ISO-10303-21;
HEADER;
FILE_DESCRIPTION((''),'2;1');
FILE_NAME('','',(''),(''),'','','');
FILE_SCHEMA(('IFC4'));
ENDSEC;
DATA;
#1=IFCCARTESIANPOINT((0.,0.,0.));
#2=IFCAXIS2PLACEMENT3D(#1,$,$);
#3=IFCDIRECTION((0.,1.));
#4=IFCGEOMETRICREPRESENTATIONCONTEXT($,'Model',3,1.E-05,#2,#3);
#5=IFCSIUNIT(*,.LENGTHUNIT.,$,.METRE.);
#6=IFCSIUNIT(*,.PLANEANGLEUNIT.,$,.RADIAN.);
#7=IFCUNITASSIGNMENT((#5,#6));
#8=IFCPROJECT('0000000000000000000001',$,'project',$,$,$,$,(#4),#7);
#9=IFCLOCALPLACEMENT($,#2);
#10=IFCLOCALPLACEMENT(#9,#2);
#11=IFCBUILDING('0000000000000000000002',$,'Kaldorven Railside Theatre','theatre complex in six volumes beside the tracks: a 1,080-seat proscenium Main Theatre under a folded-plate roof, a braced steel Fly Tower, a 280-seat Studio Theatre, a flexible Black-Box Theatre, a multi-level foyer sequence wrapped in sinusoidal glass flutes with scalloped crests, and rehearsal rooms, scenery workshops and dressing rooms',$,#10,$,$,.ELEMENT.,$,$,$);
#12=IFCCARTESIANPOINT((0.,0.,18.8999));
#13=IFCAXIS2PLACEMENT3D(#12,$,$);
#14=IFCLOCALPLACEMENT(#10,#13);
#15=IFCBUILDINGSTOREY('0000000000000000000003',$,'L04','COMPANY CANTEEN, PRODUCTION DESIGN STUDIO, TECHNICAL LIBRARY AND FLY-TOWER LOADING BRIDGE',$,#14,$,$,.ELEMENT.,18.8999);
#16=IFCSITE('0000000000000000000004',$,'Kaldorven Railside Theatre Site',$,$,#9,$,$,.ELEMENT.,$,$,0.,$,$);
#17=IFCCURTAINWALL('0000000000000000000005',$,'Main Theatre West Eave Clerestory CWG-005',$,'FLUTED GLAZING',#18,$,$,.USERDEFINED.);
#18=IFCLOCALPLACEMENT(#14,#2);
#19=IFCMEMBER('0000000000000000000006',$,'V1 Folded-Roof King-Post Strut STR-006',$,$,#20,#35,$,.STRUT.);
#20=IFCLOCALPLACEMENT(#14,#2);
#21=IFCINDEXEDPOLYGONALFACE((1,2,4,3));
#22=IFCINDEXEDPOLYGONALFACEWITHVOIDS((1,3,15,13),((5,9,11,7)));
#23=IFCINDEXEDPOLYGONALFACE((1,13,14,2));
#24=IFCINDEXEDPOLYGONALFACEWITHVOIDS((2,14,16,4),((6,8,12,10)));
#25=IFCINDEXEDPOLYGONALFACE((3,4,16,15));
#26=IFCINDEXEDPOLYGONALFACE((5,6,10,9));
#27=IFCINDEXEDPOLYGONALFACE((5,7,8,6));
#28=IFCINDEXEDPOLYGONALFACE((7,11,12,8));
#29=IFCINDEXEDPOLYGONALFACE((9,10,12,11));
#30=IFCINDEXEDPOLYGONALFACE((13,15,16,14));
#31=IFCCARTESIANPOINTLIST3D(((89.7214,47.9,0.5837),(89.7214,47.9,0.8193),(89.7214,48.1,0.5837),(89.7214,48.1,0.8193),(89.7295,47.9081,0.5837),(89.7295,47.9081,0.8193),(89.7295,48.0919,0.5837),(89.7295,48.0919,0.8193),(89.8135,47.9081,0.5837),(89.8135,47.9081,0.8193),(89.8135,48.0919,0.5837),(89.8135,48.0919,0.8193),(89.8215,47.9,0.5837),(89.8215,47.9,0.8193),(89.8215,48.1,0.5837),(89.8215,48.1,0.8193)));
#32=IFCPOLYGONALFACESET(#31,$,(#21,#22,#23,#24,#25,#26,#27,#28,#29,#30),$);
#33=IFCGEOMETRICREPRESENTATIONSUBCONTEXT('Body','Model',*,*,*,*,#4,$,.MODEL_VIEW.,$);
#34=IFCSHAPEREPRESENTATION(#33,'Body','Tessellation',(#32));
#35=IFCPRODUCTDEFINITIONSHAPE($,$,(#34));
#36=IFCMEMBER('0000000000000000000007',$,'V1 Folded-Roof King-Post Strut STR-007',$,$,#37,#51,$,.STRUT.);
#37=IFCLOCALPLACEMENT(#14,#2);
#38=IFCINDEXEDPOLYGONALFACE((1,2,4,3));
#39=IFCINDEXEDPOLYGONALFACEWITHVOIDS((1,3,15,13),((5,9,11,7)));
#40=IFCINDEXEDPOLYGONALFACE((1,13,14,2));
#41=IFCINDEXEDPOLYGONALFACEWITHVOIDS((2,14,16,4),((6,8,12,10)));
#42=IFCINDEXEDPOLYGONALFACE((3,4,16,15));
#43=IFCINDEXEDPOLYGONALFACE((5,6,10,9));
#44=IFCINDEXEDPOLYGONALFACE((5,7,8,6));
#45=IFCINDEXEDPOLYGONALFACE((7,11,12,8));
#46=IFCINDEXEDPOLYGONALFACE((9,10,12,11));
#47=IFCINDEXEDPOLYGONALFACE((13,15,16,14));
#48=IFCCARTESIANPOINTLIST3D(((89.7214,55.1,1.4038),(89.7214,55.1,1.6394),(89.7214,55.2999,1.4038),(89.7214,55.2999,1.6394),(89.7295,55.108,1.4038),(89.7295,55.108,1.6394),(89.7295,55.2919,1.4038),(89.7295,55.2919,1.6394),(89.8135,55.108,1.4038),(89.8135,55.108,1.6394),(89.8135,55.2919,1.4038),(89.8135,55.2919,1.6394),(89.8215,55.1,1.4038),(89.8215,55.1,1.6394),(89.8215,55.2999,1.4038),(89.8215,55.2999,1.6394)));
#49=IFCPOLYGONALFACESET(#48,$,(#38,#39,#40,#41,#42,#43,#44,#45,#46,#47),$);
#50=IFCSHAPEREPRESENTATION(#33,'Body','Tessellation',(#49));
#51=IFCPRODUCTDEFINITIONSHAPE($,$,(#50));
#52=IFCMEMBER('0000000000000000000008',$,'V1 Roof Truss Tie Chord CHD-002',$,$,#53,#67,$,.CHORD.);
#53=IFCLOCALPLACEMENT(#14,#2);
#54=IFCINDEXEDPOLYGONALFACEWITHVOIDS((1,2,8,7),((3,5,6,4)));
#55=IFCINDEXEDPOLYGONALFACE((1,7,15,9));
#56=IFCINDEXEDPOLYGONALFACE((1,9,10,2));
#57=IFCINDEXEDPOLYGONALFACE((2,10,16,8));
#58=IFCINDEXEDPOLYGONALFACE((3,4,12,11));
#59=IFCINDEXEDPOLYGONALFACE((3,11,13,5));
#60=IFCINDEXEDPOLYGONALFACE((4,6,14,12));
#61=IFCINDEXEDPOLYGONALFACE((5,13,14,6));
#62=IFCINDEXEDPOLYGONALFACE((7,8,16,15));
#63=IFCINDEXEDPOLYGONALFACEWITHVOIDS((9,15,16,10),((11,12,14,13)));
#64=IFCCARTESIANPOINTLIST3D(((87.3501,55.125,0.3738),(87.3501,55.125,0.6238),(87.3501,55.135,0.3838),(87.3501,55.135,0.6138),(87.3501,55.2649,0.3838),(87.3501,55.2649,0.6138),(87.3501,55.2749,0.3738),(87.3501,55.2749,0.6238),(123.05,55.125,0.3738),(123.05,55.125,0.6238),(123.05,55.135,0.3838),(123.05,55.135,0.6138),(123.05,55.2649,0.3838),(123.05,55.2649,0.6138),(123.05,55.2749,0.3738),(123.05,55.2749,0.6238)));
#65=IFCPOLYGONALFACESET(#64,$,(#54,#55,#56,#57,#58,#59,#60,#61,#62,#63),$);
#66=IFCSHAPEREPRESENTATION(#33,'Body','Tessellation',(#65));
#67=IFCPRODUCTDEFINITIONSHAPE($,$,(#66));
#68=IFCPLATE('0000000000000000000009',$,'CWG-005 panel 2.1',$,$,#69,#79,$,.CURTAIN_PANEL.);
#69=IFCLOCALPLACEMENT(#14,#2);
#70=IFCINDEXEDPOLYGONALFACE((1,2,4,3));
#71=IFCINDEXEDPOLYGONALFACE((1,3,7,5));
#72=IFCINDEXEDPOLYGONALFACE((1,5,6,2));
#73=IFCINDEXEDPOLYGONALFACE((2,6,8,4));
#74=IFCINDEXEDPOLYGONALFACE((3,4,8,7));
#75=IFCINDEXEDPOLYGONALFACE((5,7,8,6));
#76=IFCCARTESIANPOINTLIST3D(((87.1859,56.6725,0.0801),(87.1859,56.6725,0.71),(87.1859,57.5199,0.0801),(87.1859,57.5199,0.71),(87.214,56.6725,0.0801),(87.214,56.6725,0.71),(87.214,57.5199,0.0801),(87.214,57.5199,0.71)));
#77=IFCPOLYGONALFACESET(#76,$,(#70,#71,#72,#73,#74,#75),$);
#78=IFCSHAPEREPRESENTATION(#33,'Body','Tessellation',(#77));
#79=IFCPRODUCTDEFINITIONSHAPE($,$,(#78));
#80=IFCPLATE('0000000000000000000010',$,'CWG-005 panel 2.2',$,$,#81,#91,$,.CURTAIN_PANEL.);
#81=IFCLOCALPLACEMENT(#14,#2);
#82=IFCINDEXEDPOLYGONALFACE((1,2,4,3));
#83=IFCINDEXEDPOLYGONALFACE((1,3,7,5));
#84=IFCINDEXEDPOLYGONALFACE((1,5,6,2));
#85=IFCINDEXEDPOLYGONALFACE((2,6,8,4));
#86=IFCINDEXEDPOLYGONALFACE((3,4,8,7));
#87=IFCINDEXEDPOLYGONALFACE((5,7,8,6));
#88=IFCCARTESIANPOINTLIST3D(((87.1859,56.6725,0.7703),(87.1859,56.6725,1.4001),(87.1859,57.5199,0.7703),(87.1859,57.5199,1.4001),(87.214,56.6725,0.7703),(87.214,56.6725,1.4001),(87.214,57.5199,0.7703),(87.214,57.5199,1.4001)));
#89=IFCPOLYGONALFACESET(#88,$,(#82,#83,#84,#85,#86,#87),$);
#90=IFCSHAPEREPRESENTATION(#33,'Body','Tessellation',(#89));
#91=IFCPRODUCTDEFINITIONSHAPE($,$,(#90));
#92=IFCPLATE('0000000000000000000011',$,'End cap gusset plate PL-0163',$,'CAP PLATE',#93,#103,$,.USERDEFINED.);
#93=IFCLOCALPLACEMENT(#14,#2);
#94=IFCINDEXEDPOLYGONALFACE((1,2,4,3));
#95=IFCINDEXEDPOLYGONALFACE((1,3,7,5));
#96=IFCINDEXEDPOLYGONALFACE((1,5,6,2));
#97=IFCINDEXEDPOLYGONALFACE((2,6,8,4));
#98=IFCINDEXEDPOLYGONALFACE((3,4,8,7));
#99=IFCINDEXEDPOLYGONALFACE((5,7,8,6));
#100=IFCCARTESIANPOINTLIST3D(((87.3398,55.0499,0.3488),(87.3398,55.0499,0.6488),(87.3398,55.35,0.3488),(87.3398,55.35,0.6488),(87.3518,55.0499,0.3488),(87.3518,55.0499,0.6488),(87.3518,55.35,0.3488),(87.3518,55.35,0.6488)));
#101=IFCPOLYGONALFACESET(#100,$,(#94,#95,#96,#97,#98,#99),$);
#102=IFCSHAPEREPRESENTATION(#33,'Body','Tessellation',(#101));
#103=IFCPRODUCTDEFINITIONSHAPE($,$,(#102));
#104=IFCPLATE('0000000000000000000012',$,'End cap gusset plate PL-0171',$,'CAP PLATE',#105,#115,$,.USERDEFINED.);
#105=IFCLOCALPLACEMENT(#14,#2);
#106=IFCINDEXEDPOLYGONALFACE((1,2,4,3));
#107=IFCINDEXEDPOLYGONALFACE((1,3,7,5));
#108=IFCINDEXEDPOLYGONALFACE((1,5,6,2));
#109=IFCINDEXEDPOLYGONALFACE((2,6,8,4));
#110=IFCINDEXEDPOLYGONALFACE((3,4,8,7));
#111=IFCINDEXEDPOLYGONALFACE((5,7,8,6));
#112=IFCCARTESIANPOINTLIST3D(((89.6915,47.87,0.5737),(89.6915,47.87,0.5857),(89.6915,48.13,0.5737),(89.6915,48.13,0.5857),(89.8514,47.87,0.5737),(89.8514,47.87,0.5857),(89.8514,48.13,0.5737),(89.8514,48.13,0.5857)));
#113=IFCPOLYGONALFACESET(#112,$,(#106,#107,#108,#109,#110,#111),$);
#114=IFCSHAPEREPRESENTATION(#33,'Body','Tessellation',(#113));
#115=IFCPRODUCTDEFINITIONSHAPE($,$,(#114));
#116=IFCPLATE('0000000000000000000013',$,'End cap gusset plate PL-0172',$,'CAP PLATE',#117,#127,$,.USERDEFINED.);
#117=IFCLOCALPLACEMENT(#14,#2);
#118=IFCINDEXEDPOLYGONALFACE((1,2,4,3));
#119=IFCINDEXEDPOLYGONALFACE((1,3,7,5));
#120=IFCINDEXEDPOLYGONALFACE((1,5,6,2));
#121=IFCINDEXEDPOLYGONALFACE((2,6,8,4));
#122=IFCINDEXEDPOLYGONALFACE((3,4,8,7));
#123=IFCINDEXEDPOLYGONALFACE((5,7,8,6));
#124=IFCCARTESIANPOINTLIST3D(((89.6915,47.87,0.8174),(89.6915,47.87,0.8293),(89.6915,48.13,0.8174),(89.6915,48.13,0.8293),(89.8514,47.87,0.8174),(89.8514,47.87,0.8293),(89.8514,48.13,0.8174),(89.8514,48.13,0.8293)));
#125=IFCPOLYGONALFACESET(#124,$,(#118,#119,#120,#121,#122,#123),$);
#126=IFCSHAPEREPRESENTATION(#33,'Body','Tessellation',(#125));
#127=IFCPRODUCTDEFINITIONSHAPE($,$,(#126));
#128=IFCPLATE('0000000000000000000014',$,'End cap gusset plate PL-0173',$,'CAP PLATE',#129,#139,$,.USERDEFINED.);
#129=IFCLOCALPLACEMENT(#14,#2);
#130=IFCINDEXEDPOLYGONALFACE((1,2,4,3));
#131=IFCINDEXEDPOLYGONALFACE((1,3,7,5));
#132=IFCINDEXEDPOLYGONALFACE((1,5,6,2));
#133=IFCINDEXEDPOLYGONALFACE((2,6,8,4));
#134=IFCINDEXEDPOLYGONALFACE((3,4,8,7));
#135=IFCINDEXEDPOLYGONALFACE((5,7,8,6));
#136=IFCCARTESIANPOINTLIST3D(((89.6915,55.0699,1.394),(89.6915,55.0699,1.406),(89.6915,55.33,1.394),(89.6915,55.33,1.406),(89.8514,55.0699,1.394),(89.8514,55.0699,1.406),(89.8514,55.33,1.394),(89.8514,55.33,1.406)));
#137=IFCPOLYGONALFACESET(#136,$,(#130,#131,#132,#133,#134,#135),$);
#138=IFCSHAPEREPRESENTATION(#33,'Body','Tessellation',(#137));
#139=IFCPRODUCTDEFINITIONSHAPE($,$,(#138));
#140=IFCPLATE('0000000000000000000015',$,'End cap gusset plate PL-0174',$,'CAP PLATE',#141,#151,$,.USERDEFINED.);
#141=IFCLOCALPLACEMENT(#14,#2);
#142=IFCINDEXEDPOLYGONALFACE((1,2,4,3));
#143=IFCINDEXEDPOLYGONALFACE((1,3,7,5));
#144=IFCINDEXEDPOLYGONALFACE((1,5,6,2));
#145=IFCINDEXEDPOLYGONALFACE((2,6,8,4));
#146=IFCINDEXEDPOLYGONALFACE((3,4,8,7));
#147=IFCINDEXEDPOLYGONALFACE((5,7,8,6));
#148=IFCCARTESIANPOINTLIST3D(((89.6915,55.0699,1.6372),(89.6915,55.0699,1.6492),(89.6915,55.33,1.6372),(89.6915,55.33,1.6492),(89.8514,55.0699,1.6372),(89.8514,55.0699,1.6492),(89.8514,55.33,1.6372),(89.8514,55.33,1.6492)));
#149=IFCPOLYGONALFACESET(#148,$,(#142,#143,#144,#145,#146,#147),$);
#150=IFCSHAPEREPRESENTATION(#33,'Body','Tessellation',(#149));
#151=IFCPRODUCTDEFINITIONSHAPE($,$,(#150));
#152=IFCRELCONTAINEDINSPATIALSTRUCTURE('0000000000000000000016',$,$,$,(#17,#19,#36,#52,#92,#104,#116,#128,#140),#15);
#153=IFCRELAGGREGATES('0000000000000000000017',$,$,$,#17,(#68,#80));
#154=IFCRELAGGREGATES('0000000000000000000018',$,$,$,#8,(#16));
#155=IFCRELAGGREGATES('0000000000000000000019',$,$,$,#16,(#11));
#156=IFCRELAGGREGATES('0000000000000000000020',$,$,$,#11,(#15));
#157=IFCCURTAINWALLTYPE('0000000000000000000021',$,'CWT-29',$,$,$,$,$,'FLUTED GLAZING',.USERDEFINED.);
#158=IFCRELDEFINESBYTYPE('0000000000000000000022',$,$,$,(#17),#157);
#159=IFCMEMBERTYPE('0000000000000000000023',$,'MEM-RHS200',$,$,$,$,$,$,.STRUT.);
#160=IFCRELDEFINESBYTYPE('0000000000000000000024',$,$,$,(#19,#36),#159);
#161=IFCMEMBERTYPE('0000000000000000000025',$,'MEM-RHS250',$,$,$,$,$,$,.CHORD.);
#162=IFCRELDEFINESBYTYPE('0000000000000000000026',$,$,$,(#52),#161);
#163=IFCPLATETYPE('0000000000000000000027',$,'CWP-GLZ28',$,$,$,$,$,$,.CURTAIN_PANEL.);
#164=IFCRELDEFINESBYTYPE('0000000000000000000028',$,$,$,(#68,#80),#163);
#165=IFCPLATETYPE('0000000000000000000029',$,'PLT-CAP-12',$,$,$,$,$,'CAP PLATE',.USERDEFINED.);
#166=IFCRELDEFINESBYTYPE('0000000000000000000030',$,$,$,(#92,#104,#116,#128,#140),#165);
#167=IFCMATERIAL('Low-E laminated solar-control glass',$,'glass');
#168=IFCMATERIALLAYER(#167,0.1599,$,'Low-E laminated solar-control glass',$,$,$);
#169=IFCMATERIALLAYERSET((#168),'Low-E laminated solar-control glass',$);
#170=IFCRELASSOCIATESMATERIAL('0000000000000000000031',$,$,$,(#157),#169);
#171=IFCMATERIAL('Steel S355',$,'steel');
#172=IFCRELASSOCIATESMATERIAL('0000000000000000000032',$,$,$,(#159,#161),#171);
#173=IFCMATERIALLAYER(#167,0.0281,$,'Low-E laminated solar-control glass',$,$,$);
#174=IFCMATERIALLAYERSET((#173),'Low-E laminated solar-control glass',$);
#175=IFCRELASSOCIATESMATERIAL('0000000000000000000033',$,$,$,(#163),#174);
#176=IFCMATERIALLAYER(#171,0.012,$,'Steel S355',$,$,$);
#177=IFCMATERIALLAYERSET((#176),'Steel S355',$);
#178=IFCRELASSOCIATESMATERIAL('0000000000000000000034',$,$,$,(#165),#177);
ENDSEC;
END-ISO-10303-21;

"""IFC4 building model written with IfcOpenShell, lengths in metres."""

from ifc_helpers import new_model, si_unit, direction, frame, origin, origin_2d, place, context, subcontext, project, spatial, rectangle, hollow_rectangle, extrude, material, layer, layer_set, material_profile, profile_set, type_object, element, aggregate, save


model = new_model("IFC4")

# Units and contexts
model_context = context("Model", 3, precision=1e-05, world=origin(), true_north=direction((0.0, 1.0)))
body_context = subcontext(model_context, "Body", "Model", "MODEL_VIEW")
ifc_project = project(units=[si_unit("LENGTHUNIT", "METRE"), si_unit("PLANEANGLEUNIT", "RADIAN")], contexts=[model_context])

# Site, building, storey
site_placement = place(None, origin())
site = spatial("IfcSite", under=ifc_project, at=site_placement, Name="Kaldorven Railside Theatre Site", CompositionType="ELEMENT", RefElevation=0.0)
building_placement = place(site_placement, origin())
building = spatial("IfcBuilding", under=site, at=building_placement, Name="Kaldorven Railside Theatre", Description="theatre complex in six volumes beside the tracks: a 1,080-seat proscenium Main Theatre under a folded-plate roof, a braced steel Fly Tower, a 280-seat Studio Theatre, a flexible Black-Box Theatre, a multi-level foyer sequence wrapped in sinusoidal glass flutes with scalloped crests, and rehearsal rooms, scenery workshops and dressing rooms", CompositionType="ELEMENT")
storey_placement = place(building_placement, frame((0.0, 0.0, 18.8999)))
storey = spatial("IfcBuildingStorey", under=building, at=storey_placement, Name="L04", Description="COMPANY CANTEEN, PRODUCTION DESIGN STUDIO, TECHNICAL LIBRARY AND FLY-TOWER LOADING BRIDGE", CompositionType="ELEMENT", Elevation=18.8999)

# Shared definitions
ifc_material_1 = material(Name="Steel S355", Category="steel")

# Curtain wall
ifc_material_2 = material(Name="Low-E laminated solar-control glass", Category="glass")
ifc_layer_1 = layer(ifc_material_2, 0.1599, Name="Low-E laminated solar-control glass")
ifc_layer_set_1 = layer_set([ifc_layer_1], Name="Low-E laminated solar-control glass")
curtain_wall_type_1 = type_object("IfcCurtainWallType", Name="CWT-29", ElementType="FLUTED GLAZING", PredefinedType="USERDEFINED", material=ifc_layer_set_1)
curtain_wall_1_placement = place(storey_placement, origin())
curtain_wall_1 = element("IfcCurtainWall", 1, at=curtain_wall_1_placement, inside=storey, type_object=curtain_wall_type_1, Name="Main Theatre West Eave Clerestory CWG-005", ObjectType="FLUTED GLAZING", PredefinedType="USERDEFINED")

# Members
ifc_material_profile_1 = material_profile(ifc_material_1, hollow_rectangle(XDim=0.1001, YDim=0.2, WallThickness=0.0081, at=origin_2d()), Name="RHS 200x100x8")
ifc_profile_set_1 = profile_set([ifc_material_profile_1], Name="Steel S355")
member_type_1 = type_object("IfcMemberType", Name="MEM-RHS200", PredefinedType="STRUT", material=ifc_profile_set_1)
for number, where, z_axis, x_axis, name in (
    (2, (89.7715, 48.0, 0.5837), (0.0, 0.0, 1.0), (1.0, 0.0, 0.0), "V1 Folded-Roof King-Post Strut STR-006"),
    (3, (89.7715, 55.2, 1.4038), (0.0, 0.0, 1.0), (1.0, 0.0, 0.0), "V1 Folded-Roof King-Post Strut STR-007"),
):
    element("IfcMember", number, at=place(storey_placement, frame(where, z_axis=z_axis, x_axis=x_axis)), inside=storey, type_object=member_type_1, Name=name, PredefinedType="STRUT", context=body_context, shape_type="SweptSolid", body=[
        extrude(hollow_rectangle(XDim=0.1001, YDim=0.2, WallThickness=0.0081, at=origin_2d()), origin(), (0.0, 0.0, 1.0), 0.2356),
    ])
ifc_material_profile_2 = material_profile(ifc_material_1, hollow_rectangle(XDim=0.1499, YDim=0.25, WallThickness=0.01, at=origin_2d()), Name="RHS 250x150x10")
ifc_profile_set_2 = profile_set([ifc_material_profile_2], Name="Steel S355")
member_type_2 = type_object("IfcMemberType", Name="MEM-RHS250", PredefinedType="CHORD", material=ifc_profile_set_2)
member_1_placement = place(storey_placement, frame((87.3501, 55.2, 0.4988), z_axis=(1.0, 0.0, 0.0), x_axis=(0.0, 1.0, 0.0)))
element("IfcMember", 4, at=member_1_placement, inside=storey, type_object=member_type_2, Name="V1 Roof Truss Tie Chord CHD-002", PredefinedType="CHORD", context=body_context, shape_type="SweptSolid", body=[
    extrude(hollow_rectangle(XDim=0.1499, YDim=0.25, WallThickness=0.01, at=origin_2d()), origin(), (0.0, 0.0, 1.0), 35.7),
])

# Plates
ifc_layer_2 = layer(ifc_material_2, 0.0281, Name="Low-E laminated solar-control glass")
ifc_layer_set_2 = layer_set([ifc_layer_2], Name="Low-E laminated solar-control glass")
plate_type_1 = type_object("IfcPlateType", Name="CWP-GLZ28", PredefinedType="CURTAIN_PANEL", material=ifc_layer_set_2)
plate_1_placement = place(storey_placement, frame((87.2, 57.0962, 0.0801), z_axis=(0.0, 0.0, 1.0), x_axis=(0.0, 1.0, 0.0)))
plate_1 = element("IfcPlate", 5, at=plate_1_placement, type_object=plate_type_1, Name="CWG-005 panel 2.1", PredefinedType="CURTAIN_PANEL", context=body_context, shape_type="SweptSolid", body=[
    extrude(rectangle(XDim=0.8474, YDim=0.0281, at=origin_2d()), origin(), (0.0, 0.0, 1.0), 0.6299),
])
plate_2_placement = place(storey_placement, frame((87.2, 57.0962, 0.7703), z_axis=(0.0, 0.0, 1.0), x_axis=(0.0, 1.0, 0.0)))
plate_2 = element("IfcPlate", 6, at=plate_2_placement, type_object=plate_type_1, Name="CWG-005 panel 2.2", PredefinedType="CURTAIN_PANEL", context=body_context, shape_type="SweptSolid", body=[
    extrude(rectangle(XDim=0.8474, YDim=0.0281, at=origin_2d()), origin(), (0.0, 0.0, 1.0), 0.6299),
])
aggregate(curtain_wall_1, [plate_1, plate_2])

# Plates
ifc_layer_3 = layer(ifc_material_1, 0.012, Name="Steel S355")
ifc_layer_set_3 = layer_set([ifc_layer_3], Name="Steel S355")
plate_type_2 = type_object("IfcPlateType", Name="PLT-CAP-12", ElementType="CAP PLATE", PredefinedType="USERDEFINED", material=ifc_layer_set_3)
plate_3_placement = place(storey_placement, frame((87.3398, 55.2, 0.4988), z_axis=(1.0, 0.0, 0.0), x_axis=(0.0, 1.0, 0.0)))
element("IfcPlate", 7, at=plate_3_placement, inside=storey, type_object=plate_type_2, Name="End cap gusset plate PL-0163", ObjectType="CAP PLATE", PredefinedType="USERDEFINED", context=body_context, shape_type="SweptSolid", body=[
    extrude(rectangle(XDim=0.3, YDim=0.3, at=origin_2d()), origin(), (0.0, 0.0, 1.0), 0.012),
])
for number, where, z_axis, x_axis, name in (
    (8, (89.7715, 48.0, 0.5737), (0.0, 0.0, 1.0), (1.0, 0.0, 0.0), "End cap gusset plate PL-0171"),
    (9, (89.7715, 48.0, 0.8174), (0.0, 0.0, 1.0), (1.0, 0.0, 0.0), "End cap gusset plate PL-0172"),
    (10, (89.7715, 55.2, 1.394), (0.0, 0.0, 1.0), (1.0, 0.0, 0.0), "End cap gusset plate PL-0173"),
    (11, (89.7715, 55.2, 1.6372), (0.0, 0.0, 1.0), (1.0, 0.0, 0.0), "End cap gusset plate PL-0174"),
):
    element("IfcPlate", number, at=place(storey_placement, frame(where, z_axis=z_axis, x_axis=x_axis)), inside=storey, type_object=plate_type_2, Name=name, ObjectType="CAP PLATE", PredefinedType="USERDEFINED", context=body_context, shape_type="SweptSolid", body=[
        extrude(rectangle(XDim=0.1599, YDim=0.26, at=origin_2d()), origin(), (0.0, 0.0, 1.0), 0.012),
    ])

save(model, "model.ifc")
